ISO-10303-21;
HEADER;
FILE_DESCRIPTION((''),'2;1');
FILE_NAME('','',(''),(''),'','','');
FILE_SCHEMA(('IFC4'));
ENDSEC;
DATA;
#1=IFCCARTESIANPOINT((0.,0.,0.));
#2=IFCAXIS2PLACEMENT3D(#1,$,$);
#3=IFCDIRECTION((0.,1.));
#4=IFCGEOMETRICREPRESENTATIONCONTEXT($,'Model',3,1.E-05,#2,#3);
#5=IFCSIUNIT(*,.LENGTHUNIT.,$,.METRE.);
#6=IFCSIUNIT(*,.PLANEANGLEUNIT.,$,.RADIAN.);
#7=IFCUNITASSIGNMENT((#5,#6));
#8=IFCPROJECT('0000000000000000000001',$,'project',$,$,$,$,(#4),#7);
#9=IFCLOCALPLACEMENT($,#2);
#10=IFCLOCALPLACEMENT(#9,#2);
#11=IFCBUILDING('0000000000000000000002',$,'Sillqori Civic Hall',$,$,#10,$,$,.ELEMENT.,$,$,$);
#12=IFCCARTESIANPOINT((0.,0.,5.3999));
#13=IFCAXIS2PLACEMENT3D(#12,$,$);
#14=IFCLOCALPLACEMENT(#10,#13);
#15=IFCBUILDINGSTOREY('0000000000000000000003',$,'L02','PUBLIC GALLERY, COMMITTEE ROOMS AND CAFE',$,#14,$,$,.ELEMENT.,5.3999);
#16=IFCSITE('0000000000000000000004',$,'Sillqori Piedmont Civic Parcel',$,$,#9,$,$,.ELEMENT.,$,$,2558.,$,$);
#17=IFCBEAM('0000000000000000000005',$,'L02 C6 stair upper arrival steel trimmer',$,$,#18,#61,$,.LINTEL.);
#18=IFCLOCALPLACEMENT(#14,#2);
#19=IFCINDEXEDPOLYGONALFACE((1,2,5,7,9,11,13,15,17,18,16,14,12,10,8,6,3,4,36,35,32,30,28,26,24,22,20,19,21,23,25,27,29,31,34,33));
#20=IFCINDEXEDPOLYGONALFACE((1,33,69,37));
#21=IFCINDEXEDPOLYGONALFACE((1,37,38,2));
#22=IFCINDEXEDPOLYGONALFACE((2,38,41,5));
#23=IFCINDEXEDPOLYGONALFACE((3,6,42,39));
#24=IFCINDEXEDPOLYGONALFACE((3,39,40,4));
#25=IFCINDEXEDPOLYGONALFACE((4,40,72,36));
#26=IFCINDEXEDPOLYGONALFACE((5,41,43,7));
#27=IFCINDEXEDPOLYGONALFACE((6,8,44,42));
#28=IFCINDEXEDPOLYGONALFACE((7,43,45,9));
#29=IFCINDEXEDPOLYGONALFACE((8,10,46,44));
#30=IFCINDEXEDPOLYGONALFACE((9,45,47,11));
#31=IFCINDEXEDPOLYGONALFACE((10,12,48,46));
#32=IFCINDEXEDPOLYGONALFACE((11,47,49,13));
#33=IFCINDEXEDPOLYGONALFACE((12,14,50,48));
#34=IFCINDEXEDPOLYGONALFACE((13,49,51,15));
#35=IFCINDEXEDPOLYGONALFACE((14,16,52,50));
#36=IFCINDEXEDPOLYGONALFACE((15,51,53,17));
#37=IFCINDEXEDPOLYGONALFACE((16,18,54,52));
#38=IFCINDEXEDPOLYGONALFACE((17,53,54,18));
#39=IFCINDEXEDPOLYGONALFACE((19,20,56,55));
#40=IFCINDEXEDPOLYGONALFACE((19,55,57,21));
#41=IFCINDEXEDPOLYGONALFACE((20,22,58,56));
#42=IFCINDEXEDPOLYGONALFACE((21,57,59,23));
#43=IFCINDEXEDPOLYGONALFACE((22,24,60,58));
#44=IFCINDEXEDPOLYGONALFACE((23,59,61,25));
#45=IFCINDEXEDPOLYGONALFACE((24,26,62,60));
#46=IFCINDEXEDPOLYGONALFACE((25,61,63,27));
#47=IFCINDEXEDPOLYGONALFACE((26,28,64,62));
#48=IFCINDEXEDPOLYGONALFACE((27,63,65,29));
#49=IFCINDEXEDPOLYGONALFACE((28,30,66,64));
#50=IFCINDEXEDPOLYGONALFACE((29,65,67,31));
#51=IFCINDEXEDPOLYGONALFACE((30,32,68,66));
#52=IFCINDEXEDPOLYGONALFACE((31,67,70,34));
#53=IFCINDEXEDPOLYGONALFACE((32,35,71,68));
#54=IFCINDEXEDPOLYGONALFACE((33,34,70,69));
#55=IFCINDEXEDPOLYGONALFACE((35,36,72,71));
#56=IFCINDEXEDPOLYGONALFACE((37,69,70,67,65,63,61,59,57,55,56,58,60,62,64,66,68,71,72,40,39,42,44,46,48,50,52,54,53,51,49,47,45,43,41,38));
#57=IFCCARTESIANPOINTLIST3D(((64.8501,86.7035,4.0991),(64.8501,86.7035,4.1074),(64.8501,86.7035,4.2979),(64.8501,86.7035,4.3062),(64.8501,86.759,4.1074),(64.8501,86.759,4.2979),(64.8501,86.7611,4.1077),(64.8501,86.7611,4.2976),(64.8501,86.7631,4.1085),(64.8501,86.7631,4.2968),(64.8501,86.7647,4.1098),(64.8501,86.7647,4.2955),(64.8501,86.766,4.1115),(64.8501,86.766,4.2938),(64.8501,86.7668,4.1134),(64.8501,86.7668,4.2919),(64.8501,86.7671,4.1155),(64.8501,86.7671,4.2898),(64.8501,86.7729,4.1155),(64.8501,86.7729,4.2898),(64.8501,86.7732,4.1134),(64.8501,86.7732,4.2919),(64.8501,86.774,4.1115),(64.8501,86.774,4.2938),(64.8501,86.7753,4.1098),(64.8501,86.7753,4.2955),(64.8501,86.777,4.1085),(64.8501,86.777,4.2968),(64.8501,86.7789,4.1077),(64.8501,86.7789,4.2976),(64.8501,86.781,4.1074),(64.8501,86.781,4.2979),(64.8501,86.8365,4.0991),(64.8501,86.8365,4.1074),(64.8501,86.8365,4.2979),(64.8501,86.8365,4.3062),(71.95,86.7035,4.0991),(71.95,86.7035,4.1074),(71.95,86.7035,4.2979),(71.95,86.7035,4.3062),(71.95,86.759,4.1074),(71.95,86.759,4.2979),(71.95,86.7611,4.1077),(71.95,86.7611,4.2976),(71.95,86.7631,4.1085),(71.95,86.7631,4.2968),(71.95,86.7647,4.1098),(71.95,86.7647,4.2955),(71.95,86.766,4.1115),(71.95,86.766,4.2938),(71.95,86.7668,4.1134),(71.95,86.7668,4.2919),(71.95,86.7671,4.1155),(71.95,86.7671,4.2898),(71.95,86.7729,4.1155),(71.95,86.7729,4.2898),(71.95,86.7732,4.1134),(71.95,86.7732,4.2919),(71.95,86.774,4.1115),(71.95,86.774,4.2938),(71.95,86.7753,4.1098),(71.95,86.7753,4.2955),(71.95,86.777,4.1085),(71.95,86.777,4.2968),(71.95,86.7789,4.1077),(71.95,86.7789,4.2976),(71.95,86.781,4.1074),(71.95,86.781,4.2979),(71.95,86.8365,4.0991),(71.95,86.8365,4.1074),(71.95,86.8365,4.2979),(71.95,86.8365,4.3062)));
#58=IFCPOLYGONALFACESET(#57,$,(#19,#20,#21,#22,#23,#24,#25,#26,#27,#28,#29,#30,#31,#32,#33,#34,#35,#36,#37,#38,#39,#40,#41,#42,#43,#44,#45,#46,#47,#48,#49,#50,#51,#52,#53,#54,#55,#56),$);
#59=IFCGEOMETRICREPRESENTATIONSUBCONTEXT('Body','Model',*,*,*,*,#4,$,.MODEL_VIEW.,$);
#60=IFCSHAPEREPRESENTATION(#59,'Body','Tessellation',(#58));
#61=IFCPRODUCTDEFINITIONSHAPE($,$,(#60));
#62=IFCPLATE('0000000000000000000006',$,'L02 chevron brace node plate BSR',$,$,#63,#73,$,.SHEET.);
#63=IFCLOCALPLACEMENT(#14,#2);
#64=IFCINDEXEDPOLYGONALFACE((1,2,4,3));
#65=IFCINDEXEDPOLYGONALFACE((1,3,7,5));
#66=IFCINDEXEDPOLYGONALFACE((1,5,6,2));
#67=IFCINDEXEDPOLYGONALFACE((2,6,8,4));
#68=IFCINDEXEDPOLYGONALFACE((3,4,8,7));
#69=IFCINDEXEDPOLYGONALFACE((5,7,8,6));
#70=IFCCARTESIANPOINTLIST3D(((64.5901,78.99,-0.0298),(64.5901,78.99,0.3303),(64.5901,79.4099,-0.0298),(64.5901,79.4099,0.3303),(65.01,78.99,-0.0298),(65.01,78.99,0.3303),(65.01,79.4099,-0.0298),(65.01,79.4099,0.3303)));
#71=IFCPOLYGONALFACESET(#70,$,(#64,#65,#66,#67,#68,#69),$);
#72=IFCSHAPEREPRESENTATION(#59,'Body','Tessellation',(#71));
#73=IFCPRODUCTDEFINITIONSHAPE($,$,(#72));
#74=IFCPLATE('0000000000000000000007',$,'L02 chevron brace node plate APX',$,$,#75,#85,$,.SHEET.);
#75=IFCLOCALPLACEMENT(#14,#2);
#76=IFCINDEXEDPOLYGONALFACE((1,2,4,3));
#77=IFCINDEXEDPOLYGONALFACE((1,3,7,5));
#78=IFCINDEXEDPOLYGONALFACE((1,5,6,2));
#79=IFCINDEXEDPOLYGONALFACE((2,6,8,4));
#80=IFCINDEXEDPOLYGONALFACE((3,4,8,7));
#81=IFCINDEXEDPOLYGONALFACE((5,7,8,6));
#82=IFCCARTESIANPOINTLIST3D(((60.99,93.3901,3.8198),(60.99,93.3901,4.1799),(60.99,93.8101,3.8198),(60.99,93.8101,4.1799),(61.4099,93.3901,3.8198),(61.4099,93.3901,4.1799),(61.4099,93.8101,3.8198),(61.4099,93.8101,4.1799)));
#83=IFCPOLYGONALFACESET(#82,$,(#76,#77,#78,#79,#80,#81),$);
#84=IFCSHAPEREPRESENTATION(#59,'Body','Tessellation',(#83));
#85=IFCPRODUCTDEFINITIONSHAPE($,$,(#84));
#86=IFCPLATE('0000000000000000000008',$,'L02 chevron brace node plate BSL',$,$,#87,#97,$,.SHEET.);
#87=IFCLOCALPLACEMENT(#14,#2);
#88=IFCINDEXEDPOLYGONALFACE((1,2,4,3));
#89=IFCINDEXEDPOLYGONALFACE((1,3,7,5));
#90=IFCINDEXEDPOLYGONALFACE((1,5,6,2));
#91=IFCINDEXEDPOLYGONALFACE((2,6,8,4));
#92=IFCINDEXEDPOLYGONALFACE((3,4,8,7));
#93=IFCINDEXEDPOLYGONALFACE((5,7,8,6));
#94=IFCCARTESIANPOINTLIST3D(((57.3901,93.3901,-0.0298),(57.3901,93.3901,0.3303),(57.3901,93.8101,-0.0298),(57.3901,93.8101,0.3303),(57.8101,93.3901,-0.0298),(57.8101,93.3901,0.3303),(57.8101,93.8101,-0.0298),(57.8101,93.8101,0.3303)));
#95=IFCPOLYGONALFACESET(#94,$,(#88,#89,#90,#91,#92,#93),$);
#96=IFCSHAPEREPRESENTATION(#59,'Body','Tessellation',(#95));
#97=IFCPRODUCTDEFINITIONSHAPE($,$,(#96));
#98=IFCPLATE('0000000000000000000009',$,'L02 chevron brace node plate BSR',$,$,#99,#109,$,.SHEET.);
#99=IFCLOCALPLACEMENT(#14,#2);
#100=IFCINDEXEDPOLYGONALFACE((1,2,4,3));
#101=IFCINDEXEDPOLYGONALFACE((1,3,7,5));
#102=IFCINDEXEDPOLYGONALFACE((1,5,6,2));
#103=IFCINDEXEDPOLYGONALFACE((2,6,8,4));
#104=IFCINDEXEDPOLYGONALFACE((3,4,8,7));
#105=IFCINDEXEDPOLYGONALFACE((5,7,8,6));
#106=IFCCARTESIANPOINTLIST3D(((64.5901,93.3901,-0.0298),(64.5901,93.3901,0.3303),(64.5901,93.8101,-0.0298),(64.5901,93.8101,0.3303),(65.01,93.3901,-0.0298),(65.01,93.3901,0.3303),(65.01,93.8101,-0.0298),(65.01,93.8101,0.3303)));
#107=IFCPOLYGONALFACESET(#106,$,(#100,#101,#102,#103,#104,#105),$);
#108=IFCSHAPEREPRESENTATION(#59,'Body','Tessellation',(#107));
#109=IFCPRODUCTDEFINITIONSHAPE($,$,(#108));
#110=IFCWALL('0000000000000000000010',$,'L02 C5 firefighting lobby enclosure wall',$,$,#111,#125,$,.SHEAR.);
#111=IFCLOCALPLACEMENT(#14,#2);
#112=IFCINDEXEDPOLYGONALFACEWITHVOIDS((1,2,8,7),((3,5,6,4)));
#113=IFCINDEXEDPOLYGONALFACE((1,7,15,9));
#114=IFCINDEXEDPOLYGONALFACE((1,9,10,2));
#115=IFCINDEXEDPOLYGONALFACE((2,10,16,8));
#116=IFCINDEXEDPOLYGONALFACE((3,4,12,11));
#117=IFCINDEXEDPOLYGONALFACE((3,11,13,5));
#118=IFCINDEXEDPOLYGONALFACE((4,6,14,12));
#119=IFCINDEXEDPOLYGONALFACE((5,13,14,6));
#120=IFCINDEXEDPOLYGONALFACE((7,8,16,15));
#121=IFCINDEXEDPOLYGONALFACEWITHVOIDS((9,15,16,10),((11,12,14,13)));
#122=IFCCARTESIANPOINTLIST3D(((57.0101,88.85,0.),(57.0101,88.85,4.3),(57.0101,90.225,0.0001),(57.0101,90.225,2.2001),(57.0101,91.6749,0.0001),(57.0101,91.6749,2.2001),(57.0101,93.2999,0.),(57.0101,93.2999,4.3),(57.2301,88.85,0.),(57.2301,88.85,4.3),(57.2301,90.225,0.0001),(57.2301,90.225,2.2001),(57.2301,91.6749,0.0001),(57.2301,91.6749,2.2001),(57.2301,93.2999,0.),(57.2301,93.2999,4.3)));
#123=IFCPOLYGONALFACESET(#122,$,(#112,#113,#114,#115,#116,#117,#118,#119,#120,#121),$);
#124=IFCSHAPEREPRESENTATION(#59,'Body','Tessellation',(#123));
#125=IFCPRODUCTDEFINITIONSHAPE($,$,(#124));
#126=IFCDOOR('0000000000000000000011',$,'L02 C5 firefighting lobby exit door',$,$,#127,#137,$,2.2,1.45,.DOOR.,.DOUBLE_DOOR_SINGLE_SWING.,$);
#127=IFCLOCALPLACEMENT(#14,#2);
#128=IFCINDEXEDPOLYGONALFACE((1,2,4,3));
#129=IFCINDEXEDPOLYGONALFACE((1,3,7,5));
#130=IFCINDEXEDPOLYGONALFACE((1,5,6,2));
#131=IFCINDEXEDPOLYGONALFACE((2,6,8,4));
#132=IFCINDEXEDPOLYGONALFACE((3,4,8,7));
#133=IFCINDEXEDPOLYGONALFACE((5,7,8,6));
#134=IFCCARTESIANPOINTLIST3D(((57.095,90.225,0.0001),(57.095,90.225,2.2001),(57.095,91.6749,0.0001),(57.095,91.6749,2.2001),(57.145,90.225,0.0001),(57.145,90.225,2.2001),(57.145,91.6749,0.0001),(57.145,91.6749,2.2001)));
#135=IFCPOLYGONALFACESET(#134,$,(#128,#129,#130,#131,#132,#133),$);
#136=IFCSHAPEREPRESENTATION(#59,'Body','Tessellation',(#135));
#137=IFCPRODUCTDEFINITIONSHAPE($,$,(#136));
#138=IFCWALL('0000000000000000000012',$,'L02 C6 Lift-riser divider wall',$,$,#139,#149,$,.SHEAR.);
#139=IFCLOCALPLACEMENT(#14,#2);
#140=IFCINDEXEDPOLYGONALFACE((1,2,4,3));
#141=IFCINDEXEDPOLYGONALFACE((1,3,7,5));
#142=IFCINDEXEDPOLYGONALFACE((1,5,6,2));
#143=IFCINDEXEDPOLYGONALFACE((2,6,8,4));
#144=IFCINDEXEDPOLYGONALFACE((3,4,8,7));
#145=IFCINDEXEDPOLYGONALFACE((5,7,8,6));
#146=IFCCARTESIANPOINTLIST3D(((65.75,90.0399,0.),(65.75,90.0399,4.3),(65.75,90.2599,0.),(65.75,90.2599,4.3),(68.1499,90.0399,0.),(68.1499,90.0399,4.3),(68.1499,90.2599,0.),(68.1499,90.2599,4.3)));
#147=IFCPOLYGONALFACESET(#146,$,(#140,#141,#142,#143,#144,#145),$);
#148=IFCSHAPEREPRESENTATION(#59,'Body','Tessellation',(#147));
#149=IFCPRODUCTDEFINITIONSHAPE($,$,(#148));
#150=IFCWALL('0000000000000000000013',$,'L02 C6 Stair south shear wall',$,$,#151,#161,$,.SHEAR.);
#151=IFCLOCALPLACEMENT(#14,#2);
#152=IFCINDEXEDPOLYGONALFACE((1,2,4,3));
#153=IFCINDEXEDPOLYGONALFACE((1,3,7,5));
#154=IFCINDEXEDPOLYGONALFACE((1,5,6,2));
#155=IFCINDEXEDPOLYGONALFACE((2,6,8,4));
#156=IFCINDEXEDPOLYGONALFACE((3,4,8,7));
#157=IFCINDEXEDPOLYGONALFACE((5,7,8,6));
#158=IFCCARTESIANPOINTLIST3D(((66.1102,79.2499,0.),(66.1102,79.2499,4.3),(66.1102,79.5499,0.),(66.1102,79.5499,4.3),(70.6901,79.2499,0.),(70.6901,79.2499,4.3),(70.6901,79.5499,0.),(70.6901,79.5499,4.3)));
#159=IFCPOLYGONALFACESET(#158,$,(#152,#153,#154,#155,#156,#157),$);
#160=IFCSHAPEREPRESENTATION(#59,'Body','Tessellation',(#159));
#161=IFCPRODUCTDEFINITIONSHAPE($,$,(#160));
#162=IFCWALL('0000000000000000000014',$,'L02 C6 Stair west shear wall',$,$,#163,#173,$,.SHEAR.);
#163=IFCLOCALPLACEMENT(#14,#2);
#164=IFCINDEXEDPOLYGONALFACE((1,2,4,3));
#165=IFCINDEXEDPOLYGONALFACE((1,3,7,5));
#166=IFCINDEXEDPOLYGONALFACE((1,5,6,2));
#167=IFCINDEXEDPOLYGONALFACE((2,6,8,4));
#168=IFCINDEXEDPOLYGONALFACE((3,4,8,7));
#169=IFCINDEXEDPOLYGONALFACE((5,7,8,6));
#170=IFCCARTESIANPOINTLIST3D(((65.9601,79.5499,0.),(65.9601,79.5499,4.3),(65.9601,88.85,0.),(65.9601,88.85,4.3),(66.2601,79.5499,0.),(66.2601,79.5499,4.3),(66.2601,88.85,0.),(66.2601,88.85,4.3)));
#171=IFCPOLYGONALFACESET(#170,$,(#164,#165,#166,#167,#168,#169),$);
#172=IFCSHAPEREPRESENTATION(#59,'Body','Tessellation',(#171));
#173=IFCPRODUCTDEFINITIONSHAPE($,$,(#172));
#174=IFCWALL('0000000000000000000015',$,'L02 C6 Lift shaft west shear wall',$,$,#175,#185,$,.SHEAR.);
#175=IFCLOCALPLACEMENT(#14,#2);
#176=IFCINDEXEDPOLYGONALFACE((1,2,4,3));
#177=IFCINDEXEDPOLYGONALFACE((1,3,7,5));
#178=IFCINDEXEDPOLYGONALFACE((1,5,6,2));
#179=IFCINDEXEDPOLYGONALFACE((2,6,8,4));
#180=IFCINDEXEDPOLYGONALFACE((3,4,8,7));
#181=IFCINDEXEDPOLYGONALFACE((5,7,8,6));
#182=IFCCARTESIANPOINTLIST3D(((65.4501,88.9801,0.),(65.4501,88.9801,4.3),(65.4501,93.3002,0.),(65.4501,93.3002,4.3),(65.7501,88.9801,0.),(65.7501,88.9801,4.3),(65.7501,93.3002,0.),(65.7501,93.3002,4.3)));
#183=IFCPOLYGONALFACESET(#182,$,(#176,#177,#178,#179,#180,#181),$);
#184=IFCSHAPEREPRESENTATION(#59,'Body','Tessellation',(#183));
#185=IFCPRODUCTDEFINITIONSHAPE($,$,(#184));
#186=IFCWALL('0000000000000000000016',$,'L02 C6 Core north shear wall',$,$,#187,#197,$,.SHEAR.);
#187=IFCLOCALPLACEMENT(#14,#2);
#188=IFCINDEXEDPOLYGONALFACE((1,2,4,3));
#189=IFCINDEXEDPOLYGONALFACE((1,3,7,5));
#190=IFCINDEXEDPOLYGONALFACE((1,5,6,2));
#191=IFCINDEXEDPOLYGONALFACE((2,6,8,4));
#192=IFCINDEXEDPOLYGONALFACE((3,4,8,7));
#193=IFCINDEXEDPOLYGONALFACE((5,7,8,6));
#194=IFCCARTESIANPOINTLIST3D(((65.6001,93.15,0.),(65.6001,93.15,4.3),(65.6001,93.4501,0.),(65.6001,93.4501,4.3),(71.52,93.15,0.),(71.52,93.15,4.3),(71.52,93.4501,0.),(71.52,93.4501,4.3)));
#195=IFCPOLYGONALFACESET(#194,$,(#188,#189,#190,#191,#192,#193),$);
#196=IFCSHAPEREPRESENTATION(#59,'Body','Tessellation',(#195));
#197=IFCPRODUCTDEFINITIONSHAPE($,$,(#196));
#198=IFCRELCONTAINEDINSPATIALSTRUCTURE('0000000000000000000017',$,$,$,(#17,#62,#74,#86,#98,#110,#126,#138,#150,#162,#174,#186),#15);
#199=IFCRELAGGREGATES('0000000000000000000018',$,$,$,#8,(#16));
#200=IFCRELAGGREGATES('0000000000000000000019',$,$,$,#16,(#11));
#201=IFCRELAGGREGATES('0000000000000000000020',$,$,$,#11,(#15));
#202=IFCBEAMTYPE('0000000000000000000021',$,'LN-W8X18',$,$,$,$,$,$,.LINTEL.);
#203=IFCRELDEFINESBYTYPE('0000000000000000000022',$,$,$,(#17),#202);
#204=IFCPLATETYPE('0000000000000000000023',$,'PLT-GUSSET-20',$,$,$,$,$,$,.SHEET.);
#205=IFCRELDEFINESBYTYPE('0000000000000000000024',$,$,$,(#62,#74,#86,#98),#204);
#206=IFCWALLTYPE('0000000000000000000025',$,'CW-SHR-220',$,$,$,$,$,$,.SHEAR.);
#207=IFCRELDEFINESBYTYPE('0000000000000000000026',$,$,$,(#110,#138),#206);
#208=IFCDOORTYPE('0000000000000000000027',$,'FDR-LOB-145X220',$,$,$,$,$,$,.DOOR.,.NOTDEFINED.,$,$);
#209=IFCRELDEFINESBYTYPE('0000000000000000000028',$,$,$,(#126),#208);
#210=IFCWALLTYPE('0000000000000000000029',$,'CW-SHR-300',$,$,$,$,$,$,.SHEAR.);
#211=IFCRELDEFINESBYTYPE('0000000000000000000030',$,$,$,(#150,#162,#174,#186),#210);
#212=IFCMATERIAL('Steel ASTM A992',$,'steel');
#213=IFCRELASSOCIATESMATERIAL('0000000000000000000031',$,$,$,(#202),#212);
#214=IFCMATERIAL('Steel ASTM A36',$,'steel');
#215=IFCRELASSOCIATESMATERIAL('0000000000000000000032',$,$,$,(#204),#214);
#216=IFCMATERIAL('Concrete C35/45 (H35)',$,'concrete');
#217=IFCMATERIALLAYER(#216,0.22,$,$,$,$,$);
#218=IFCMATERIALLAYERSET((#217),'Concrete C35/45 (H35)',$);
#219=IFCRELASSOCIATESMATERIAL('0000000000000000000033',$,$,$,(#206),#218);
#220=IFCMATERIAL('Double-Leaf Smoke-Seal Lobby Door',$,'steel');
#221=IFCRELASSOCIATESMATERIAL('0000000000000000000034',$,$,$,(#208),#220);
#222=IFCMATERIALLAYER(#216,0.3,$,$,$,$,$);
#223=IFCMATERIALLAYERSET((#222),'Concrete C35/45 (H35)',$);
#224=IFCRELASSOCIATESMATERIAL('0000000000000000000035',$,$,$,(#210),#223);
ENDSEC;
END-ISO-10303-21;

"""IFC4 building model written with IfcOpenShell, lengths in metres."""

from ifc_helpers import new_model, si_unit, direction, frame, frame_2d, origin, origin_2d, place, context, subcontext, project, spatial, rectangle, i_section, extrude, material, layer, layer_set, material_profile, profile_set, type_object, element, fill, save


model = new_model("IFC4")

# Units and contexts
model_context = context("Model", 3, precision=1e-05, world=origin(), true_north=direction((0.0, 1.0)))
body_context = subcontext(model_context, "Body", "Model", "MODEL_VIEW")
ifc_project = project(units=[si_unit("LENGTHUNIT", "METRE"), si_unit("PLANEANGLEUNIT", "RADIAN")], contexts=[model_context])

# Site, building, storey
site_placement = place(None, origin())
site = spatial("IfcSite", under=ifc_project, at=site_placement, Name="Sillqori Piedmont Civic Parcel", CompositionType="ELEMENT", RefElevation=2558.0)
building_placement = place(site_placement, origin())
building = spatial("IfcBuilding", under=site, at=building_placement, Name="Sillqori Civic Hall", CompositionType="ELEMENT")
storey_placement = place(building_placement, frame((0.0, 0.0, 5.3999)))
storey = spatial("IfcBuildingStorey", under=building, at=storey_placement, Name="L02", Description="PUBLIC GALLERY, COMMITTEE ROOMS AND CAFE", CompositionType="ELEMENT", Elevation=5.3999)

# Shared definitions
ifc_material_1 = material(Name="Concrete C35/45 (H35)", Category="concrete")
ifc_material_2 = material(Name="Steel ASTM A992", Category="steel")

# Beam
ifc_material_profile_1 = material_profile(ifc_material_2, i_section(OverallWidth=0.1331, OverallDepth=0.207, WebThickness=0.0059, FlangeThickness=0.0083, FilletRadius=0.0081, at=origin_2d()), Name="W8X18")
ifc_profile_set_1 = profile_set([ifc_material_profile_1], Name="Steel ASTM A992")
beam_type_1 = type_object("IfcBeamType", Name="LN-W8X18", PredefinedType="LINTEL", material=ifc_profile_set_1)
for number, where, z_axis, x_axis, name in (
    (1, (64.8501, 86.77, 4.2026), (1.0, 0.0, 0.0), (0.0, 1.0, 0.0), "L02 C6 stair upper arrival steel trimmer"),
):
    element("IfcBeam", number, at=place(storey_placement, frame(where, z_axis=z_axis, x_axis=x_axis)), inside=storey, type_object=beam_type_1, Name=name, PredefinedType="LINTEL", context=body_context, shape_type="SweptSolid", body=[
        extrude(i_section(OverallWidth=0.1331, OverallDepth=0.207, WebThickness=0.0059, FlangeThickness=0.0083, FilletRadius=0.0081, at=origin_2d()), origin(), (0.0, 0.0, 1.0), 7.0999),
    ])

# Plates
ifc_material_3 = material(Name="Steel ASTM A36", Category="steel")
plate_type = type_object("IfcPlateType", Name="PLT-GUSSET-20", PredefinedType="SHEET", material=ifc_material_3)
for number, where, z_axis, x_axis, name in (
    (2, (64.8, 79.2, -0.0298), (0.0, 0.0, 1.0), (1.0, 0.0, 0.0), "L02 chevron brace node plate BSR"),
    (3, (61.2, 93.6001, 3.8198), (0.0, 0.0, 1.0), (1.0, 0.0, 0.0), "L02 chevron brace node plate APX"),
    (4, (57.6001, 93.6001, -0.0298), (0.0, 0.0, 1.0), (1.0, 0.0, 0.0), "L02 chevron brace node plate BSL"),
    (5, (64.8, 93.6001, -0.0298), (0.0, 0.0, 1.0), (1.0, 0.0, 0.0), "L02 chevron brace node plate BSR"),
):
    element("IfcPlate", number, at=place(storey_placement, frame(where, z_axis=z_axis, x_axis=x_axis)), inside=storey, type_object=plate_type, Name=name, PredefinedType="SHEET", context=body_context, shape_type="SweptSolid", body=[
        extrude(rectangle(XDim=0.4199, YDim=0.4199, at=origin_2d()), origin(), (0.0, 0.0, 1.0), 0.3601),
    ])

# Wall, opening, door
ifc_layer_1 = layer(ifc_material_1, 0.22)
ifc_layer_set_1 = layer_set([ifc_layer_1], Name="Concrete C35/45 (H35)")
wall_type_1 = type_object("IfcWallType", Name="CW-SHR-220", PredefinedType="SHEAR", material=ifc_layer_set_1)
wall_1_placement = place(storey_placement, frame((57.1201, 93.3, 0.0), z_axis=(0.0, 0.0, 1.0), x_axis=(0.0, -1.0, 0.0)))
wall_1 = element("IfcWall", 6, at=wall_1_placement, inside=storey, type_object=wall_type_1, Name="L02 C5 firefighting lobby enclosure wall", PredefinedType="SHEAR", context=body_context, shape_type="SweptSolid", body=[
    extrude(rectangle(XDim=4.45, YDim=0.22, at=frame_2d((2.2251, 0.0))), origin(), (0.0, 0.0, 1.0), 4.3),
])
opening_placement = place(wall_1_placement, frame((1.625, 0.0, 0.0)))
opening = element("IfcOpeningElement", 7, at=opening_placement, cuts=wall_1, PredefinedType="OPENING", context=body_context, shape_type="SweptSolid", body=[
    extrude(rectangle(XDim=1.45, YDim=2.2, at=frame_2d((0.7251, 1.1001))), frame((0.0, 0.1199, 0.0), z_axis=(0.0, -1.0, 0.0), x_axis=(1.0, 0.0, 0.0)), (0.0, 0.0, 1.0), 0.24),
])
ifc_material_4 = material(Name="Double-Leaf Smoke-Seal Lobby Door", Category="steel")
door_type = type_object("IfcDoorType", Name="FDR-LOB-145X220", OperationType="NOTDEFINED", PredefinedType="DOOR", material=ifc_material_4)
door_placement = place(opening_placement, origin())
door = element("IfcDoor", 8, at=door_placement, inside=storey, type_object=door_type, Name="L02 C5 firefighting lobby exit door", OperationType="DOUBLE_DOOR_SINGLE_SWING", OverallHeight=2.2, OverallWidth=1.45, PredefinedType="DOOR", context=body_context, shape_type="SweptSolid", body=[
    extrude(rectangle(XDim=1.45, YDim=2.2, at=frame_2d((0.7251, 1.1001))), frame((0.0, 0.0249, 0.0), z_axis=(0.0, -1.0, 0.0), x_axis=(1.0, 0.0, 0.0)), (0.0, 0.0, 1.0), 0.05),
])
fill(opening, door)

# Walls
wall_2_placement = place(storey_placement, frame((65.75, 90.1499, 0.0), z_axis=(0.0, 0.0, 1.0), x_axis=(1.0, 0.0, 0.0)))
element("IfcWall", 9, at=wall_2_placement, inside=storey, type_object=wall_type_1, Name="L02 C6 Lift-riser divider wall", PredefinedType="SHEAR", context=body_context, shape_type="SweptSolid", body=[
    extrude(rectangle(XDim=2.3999, YDim=0.22, at=frame_2d((1.2, 0.0))), origin(), (0.0, 0.0, 1.0), 4.3),
])
ifc_layer_2 = layer(ifc_material_1, 0.3)
ifc_layer_set_2 = layer_set([ifc_layer_2], Name="Concrete C35/45 (H35)")
wall_type_2 = type_object("IfcWallType", Name="CW-SHR-300", PredefinedType="SHEAR", material=ifc_layer_set_2)
wall_3_placement = place(storey_placement, frame((66.1101, 79.3999, 0.0), z_axis=(0.0, 0.0, 1.0), x_axis=(1.0, 0.0, 0.0)))
element("IfcWall", 10, at=wall_3_placement, inside=storey, type_object=wall_type_2, Name="L02 C6 Stair south shear wall", PredefinedType="SHEAR", context=body_context, shape_type="SweptSolid", body=[
    extrude(rectangle(XDim=4.5798, YDim=0.3, at=frame_2d((2.29, 0.0))), origin(), (0.0, 0.0, 1.0), 4.3),
])
wall_4_placement = place(storey_placement, frame((66.1101, 79.55, 0.0), z_axis=(0.0, 0.0, 1.0), x_axis=(0.0, 1.0, 0.0)))
element("IfcWall", 11, at=wall_4_placement, inside=storey, type_object=wall_type_2, Name="L02 C6 Stair west shear wall", PredefinedType="SHEAR", context=body_context, shape_type="SweptSolid", body=[
    extrude(rectangle(XDim=9.3, YDim=0.3, at=frame_2d((4.6499, 0.0))), origin(), (0.0, 0.0, 1.0), 4.3),
])
wall_5_placement = place(storey_placement, frame((65.6001, 88.98, 0.0), z_axis=(0.0, 0.0, 1.0), x_axis=(0.0, 1.0, 0.0)))
element("IfcWall", 12, at=wall_5_placement, inside=storey, type_object=wall_type_2, Name="L02 C6 Lift shaft west shear wall", PredefinedType="SHEAR", context=body_context, shape_type="SweptSolid", body=[
    extrude(rectangle(XDim=4.3201, YDim=0.3, at=frame_2d((2.1602, 0.0))), origin(), (0.0, 0.0, 1.0), 4.3),
])
wall_6_placement = place(storey_placement, frame((65.6001, 93.3, 0.0), z_axis=(0.0, 0.0, 1.0), x_axis=(1.0, 0.0, 0.0)))
element("IfcWall", 13, at=wall_6_placement, inside=storey, type_object=wall_type_2, Name="L02 C6 Core north shear wall", PredefinedType="SHEAR", context=body_context, shape_type="SweptSolid", body=[
    extrude(rectangle(XDim=5.9199, YDim=0.3, at=frame_2d((2.96, 0.0))), origin(), (0.0, 0.0, 1.0), 4.3),
])

save(model, "model.ifc")
